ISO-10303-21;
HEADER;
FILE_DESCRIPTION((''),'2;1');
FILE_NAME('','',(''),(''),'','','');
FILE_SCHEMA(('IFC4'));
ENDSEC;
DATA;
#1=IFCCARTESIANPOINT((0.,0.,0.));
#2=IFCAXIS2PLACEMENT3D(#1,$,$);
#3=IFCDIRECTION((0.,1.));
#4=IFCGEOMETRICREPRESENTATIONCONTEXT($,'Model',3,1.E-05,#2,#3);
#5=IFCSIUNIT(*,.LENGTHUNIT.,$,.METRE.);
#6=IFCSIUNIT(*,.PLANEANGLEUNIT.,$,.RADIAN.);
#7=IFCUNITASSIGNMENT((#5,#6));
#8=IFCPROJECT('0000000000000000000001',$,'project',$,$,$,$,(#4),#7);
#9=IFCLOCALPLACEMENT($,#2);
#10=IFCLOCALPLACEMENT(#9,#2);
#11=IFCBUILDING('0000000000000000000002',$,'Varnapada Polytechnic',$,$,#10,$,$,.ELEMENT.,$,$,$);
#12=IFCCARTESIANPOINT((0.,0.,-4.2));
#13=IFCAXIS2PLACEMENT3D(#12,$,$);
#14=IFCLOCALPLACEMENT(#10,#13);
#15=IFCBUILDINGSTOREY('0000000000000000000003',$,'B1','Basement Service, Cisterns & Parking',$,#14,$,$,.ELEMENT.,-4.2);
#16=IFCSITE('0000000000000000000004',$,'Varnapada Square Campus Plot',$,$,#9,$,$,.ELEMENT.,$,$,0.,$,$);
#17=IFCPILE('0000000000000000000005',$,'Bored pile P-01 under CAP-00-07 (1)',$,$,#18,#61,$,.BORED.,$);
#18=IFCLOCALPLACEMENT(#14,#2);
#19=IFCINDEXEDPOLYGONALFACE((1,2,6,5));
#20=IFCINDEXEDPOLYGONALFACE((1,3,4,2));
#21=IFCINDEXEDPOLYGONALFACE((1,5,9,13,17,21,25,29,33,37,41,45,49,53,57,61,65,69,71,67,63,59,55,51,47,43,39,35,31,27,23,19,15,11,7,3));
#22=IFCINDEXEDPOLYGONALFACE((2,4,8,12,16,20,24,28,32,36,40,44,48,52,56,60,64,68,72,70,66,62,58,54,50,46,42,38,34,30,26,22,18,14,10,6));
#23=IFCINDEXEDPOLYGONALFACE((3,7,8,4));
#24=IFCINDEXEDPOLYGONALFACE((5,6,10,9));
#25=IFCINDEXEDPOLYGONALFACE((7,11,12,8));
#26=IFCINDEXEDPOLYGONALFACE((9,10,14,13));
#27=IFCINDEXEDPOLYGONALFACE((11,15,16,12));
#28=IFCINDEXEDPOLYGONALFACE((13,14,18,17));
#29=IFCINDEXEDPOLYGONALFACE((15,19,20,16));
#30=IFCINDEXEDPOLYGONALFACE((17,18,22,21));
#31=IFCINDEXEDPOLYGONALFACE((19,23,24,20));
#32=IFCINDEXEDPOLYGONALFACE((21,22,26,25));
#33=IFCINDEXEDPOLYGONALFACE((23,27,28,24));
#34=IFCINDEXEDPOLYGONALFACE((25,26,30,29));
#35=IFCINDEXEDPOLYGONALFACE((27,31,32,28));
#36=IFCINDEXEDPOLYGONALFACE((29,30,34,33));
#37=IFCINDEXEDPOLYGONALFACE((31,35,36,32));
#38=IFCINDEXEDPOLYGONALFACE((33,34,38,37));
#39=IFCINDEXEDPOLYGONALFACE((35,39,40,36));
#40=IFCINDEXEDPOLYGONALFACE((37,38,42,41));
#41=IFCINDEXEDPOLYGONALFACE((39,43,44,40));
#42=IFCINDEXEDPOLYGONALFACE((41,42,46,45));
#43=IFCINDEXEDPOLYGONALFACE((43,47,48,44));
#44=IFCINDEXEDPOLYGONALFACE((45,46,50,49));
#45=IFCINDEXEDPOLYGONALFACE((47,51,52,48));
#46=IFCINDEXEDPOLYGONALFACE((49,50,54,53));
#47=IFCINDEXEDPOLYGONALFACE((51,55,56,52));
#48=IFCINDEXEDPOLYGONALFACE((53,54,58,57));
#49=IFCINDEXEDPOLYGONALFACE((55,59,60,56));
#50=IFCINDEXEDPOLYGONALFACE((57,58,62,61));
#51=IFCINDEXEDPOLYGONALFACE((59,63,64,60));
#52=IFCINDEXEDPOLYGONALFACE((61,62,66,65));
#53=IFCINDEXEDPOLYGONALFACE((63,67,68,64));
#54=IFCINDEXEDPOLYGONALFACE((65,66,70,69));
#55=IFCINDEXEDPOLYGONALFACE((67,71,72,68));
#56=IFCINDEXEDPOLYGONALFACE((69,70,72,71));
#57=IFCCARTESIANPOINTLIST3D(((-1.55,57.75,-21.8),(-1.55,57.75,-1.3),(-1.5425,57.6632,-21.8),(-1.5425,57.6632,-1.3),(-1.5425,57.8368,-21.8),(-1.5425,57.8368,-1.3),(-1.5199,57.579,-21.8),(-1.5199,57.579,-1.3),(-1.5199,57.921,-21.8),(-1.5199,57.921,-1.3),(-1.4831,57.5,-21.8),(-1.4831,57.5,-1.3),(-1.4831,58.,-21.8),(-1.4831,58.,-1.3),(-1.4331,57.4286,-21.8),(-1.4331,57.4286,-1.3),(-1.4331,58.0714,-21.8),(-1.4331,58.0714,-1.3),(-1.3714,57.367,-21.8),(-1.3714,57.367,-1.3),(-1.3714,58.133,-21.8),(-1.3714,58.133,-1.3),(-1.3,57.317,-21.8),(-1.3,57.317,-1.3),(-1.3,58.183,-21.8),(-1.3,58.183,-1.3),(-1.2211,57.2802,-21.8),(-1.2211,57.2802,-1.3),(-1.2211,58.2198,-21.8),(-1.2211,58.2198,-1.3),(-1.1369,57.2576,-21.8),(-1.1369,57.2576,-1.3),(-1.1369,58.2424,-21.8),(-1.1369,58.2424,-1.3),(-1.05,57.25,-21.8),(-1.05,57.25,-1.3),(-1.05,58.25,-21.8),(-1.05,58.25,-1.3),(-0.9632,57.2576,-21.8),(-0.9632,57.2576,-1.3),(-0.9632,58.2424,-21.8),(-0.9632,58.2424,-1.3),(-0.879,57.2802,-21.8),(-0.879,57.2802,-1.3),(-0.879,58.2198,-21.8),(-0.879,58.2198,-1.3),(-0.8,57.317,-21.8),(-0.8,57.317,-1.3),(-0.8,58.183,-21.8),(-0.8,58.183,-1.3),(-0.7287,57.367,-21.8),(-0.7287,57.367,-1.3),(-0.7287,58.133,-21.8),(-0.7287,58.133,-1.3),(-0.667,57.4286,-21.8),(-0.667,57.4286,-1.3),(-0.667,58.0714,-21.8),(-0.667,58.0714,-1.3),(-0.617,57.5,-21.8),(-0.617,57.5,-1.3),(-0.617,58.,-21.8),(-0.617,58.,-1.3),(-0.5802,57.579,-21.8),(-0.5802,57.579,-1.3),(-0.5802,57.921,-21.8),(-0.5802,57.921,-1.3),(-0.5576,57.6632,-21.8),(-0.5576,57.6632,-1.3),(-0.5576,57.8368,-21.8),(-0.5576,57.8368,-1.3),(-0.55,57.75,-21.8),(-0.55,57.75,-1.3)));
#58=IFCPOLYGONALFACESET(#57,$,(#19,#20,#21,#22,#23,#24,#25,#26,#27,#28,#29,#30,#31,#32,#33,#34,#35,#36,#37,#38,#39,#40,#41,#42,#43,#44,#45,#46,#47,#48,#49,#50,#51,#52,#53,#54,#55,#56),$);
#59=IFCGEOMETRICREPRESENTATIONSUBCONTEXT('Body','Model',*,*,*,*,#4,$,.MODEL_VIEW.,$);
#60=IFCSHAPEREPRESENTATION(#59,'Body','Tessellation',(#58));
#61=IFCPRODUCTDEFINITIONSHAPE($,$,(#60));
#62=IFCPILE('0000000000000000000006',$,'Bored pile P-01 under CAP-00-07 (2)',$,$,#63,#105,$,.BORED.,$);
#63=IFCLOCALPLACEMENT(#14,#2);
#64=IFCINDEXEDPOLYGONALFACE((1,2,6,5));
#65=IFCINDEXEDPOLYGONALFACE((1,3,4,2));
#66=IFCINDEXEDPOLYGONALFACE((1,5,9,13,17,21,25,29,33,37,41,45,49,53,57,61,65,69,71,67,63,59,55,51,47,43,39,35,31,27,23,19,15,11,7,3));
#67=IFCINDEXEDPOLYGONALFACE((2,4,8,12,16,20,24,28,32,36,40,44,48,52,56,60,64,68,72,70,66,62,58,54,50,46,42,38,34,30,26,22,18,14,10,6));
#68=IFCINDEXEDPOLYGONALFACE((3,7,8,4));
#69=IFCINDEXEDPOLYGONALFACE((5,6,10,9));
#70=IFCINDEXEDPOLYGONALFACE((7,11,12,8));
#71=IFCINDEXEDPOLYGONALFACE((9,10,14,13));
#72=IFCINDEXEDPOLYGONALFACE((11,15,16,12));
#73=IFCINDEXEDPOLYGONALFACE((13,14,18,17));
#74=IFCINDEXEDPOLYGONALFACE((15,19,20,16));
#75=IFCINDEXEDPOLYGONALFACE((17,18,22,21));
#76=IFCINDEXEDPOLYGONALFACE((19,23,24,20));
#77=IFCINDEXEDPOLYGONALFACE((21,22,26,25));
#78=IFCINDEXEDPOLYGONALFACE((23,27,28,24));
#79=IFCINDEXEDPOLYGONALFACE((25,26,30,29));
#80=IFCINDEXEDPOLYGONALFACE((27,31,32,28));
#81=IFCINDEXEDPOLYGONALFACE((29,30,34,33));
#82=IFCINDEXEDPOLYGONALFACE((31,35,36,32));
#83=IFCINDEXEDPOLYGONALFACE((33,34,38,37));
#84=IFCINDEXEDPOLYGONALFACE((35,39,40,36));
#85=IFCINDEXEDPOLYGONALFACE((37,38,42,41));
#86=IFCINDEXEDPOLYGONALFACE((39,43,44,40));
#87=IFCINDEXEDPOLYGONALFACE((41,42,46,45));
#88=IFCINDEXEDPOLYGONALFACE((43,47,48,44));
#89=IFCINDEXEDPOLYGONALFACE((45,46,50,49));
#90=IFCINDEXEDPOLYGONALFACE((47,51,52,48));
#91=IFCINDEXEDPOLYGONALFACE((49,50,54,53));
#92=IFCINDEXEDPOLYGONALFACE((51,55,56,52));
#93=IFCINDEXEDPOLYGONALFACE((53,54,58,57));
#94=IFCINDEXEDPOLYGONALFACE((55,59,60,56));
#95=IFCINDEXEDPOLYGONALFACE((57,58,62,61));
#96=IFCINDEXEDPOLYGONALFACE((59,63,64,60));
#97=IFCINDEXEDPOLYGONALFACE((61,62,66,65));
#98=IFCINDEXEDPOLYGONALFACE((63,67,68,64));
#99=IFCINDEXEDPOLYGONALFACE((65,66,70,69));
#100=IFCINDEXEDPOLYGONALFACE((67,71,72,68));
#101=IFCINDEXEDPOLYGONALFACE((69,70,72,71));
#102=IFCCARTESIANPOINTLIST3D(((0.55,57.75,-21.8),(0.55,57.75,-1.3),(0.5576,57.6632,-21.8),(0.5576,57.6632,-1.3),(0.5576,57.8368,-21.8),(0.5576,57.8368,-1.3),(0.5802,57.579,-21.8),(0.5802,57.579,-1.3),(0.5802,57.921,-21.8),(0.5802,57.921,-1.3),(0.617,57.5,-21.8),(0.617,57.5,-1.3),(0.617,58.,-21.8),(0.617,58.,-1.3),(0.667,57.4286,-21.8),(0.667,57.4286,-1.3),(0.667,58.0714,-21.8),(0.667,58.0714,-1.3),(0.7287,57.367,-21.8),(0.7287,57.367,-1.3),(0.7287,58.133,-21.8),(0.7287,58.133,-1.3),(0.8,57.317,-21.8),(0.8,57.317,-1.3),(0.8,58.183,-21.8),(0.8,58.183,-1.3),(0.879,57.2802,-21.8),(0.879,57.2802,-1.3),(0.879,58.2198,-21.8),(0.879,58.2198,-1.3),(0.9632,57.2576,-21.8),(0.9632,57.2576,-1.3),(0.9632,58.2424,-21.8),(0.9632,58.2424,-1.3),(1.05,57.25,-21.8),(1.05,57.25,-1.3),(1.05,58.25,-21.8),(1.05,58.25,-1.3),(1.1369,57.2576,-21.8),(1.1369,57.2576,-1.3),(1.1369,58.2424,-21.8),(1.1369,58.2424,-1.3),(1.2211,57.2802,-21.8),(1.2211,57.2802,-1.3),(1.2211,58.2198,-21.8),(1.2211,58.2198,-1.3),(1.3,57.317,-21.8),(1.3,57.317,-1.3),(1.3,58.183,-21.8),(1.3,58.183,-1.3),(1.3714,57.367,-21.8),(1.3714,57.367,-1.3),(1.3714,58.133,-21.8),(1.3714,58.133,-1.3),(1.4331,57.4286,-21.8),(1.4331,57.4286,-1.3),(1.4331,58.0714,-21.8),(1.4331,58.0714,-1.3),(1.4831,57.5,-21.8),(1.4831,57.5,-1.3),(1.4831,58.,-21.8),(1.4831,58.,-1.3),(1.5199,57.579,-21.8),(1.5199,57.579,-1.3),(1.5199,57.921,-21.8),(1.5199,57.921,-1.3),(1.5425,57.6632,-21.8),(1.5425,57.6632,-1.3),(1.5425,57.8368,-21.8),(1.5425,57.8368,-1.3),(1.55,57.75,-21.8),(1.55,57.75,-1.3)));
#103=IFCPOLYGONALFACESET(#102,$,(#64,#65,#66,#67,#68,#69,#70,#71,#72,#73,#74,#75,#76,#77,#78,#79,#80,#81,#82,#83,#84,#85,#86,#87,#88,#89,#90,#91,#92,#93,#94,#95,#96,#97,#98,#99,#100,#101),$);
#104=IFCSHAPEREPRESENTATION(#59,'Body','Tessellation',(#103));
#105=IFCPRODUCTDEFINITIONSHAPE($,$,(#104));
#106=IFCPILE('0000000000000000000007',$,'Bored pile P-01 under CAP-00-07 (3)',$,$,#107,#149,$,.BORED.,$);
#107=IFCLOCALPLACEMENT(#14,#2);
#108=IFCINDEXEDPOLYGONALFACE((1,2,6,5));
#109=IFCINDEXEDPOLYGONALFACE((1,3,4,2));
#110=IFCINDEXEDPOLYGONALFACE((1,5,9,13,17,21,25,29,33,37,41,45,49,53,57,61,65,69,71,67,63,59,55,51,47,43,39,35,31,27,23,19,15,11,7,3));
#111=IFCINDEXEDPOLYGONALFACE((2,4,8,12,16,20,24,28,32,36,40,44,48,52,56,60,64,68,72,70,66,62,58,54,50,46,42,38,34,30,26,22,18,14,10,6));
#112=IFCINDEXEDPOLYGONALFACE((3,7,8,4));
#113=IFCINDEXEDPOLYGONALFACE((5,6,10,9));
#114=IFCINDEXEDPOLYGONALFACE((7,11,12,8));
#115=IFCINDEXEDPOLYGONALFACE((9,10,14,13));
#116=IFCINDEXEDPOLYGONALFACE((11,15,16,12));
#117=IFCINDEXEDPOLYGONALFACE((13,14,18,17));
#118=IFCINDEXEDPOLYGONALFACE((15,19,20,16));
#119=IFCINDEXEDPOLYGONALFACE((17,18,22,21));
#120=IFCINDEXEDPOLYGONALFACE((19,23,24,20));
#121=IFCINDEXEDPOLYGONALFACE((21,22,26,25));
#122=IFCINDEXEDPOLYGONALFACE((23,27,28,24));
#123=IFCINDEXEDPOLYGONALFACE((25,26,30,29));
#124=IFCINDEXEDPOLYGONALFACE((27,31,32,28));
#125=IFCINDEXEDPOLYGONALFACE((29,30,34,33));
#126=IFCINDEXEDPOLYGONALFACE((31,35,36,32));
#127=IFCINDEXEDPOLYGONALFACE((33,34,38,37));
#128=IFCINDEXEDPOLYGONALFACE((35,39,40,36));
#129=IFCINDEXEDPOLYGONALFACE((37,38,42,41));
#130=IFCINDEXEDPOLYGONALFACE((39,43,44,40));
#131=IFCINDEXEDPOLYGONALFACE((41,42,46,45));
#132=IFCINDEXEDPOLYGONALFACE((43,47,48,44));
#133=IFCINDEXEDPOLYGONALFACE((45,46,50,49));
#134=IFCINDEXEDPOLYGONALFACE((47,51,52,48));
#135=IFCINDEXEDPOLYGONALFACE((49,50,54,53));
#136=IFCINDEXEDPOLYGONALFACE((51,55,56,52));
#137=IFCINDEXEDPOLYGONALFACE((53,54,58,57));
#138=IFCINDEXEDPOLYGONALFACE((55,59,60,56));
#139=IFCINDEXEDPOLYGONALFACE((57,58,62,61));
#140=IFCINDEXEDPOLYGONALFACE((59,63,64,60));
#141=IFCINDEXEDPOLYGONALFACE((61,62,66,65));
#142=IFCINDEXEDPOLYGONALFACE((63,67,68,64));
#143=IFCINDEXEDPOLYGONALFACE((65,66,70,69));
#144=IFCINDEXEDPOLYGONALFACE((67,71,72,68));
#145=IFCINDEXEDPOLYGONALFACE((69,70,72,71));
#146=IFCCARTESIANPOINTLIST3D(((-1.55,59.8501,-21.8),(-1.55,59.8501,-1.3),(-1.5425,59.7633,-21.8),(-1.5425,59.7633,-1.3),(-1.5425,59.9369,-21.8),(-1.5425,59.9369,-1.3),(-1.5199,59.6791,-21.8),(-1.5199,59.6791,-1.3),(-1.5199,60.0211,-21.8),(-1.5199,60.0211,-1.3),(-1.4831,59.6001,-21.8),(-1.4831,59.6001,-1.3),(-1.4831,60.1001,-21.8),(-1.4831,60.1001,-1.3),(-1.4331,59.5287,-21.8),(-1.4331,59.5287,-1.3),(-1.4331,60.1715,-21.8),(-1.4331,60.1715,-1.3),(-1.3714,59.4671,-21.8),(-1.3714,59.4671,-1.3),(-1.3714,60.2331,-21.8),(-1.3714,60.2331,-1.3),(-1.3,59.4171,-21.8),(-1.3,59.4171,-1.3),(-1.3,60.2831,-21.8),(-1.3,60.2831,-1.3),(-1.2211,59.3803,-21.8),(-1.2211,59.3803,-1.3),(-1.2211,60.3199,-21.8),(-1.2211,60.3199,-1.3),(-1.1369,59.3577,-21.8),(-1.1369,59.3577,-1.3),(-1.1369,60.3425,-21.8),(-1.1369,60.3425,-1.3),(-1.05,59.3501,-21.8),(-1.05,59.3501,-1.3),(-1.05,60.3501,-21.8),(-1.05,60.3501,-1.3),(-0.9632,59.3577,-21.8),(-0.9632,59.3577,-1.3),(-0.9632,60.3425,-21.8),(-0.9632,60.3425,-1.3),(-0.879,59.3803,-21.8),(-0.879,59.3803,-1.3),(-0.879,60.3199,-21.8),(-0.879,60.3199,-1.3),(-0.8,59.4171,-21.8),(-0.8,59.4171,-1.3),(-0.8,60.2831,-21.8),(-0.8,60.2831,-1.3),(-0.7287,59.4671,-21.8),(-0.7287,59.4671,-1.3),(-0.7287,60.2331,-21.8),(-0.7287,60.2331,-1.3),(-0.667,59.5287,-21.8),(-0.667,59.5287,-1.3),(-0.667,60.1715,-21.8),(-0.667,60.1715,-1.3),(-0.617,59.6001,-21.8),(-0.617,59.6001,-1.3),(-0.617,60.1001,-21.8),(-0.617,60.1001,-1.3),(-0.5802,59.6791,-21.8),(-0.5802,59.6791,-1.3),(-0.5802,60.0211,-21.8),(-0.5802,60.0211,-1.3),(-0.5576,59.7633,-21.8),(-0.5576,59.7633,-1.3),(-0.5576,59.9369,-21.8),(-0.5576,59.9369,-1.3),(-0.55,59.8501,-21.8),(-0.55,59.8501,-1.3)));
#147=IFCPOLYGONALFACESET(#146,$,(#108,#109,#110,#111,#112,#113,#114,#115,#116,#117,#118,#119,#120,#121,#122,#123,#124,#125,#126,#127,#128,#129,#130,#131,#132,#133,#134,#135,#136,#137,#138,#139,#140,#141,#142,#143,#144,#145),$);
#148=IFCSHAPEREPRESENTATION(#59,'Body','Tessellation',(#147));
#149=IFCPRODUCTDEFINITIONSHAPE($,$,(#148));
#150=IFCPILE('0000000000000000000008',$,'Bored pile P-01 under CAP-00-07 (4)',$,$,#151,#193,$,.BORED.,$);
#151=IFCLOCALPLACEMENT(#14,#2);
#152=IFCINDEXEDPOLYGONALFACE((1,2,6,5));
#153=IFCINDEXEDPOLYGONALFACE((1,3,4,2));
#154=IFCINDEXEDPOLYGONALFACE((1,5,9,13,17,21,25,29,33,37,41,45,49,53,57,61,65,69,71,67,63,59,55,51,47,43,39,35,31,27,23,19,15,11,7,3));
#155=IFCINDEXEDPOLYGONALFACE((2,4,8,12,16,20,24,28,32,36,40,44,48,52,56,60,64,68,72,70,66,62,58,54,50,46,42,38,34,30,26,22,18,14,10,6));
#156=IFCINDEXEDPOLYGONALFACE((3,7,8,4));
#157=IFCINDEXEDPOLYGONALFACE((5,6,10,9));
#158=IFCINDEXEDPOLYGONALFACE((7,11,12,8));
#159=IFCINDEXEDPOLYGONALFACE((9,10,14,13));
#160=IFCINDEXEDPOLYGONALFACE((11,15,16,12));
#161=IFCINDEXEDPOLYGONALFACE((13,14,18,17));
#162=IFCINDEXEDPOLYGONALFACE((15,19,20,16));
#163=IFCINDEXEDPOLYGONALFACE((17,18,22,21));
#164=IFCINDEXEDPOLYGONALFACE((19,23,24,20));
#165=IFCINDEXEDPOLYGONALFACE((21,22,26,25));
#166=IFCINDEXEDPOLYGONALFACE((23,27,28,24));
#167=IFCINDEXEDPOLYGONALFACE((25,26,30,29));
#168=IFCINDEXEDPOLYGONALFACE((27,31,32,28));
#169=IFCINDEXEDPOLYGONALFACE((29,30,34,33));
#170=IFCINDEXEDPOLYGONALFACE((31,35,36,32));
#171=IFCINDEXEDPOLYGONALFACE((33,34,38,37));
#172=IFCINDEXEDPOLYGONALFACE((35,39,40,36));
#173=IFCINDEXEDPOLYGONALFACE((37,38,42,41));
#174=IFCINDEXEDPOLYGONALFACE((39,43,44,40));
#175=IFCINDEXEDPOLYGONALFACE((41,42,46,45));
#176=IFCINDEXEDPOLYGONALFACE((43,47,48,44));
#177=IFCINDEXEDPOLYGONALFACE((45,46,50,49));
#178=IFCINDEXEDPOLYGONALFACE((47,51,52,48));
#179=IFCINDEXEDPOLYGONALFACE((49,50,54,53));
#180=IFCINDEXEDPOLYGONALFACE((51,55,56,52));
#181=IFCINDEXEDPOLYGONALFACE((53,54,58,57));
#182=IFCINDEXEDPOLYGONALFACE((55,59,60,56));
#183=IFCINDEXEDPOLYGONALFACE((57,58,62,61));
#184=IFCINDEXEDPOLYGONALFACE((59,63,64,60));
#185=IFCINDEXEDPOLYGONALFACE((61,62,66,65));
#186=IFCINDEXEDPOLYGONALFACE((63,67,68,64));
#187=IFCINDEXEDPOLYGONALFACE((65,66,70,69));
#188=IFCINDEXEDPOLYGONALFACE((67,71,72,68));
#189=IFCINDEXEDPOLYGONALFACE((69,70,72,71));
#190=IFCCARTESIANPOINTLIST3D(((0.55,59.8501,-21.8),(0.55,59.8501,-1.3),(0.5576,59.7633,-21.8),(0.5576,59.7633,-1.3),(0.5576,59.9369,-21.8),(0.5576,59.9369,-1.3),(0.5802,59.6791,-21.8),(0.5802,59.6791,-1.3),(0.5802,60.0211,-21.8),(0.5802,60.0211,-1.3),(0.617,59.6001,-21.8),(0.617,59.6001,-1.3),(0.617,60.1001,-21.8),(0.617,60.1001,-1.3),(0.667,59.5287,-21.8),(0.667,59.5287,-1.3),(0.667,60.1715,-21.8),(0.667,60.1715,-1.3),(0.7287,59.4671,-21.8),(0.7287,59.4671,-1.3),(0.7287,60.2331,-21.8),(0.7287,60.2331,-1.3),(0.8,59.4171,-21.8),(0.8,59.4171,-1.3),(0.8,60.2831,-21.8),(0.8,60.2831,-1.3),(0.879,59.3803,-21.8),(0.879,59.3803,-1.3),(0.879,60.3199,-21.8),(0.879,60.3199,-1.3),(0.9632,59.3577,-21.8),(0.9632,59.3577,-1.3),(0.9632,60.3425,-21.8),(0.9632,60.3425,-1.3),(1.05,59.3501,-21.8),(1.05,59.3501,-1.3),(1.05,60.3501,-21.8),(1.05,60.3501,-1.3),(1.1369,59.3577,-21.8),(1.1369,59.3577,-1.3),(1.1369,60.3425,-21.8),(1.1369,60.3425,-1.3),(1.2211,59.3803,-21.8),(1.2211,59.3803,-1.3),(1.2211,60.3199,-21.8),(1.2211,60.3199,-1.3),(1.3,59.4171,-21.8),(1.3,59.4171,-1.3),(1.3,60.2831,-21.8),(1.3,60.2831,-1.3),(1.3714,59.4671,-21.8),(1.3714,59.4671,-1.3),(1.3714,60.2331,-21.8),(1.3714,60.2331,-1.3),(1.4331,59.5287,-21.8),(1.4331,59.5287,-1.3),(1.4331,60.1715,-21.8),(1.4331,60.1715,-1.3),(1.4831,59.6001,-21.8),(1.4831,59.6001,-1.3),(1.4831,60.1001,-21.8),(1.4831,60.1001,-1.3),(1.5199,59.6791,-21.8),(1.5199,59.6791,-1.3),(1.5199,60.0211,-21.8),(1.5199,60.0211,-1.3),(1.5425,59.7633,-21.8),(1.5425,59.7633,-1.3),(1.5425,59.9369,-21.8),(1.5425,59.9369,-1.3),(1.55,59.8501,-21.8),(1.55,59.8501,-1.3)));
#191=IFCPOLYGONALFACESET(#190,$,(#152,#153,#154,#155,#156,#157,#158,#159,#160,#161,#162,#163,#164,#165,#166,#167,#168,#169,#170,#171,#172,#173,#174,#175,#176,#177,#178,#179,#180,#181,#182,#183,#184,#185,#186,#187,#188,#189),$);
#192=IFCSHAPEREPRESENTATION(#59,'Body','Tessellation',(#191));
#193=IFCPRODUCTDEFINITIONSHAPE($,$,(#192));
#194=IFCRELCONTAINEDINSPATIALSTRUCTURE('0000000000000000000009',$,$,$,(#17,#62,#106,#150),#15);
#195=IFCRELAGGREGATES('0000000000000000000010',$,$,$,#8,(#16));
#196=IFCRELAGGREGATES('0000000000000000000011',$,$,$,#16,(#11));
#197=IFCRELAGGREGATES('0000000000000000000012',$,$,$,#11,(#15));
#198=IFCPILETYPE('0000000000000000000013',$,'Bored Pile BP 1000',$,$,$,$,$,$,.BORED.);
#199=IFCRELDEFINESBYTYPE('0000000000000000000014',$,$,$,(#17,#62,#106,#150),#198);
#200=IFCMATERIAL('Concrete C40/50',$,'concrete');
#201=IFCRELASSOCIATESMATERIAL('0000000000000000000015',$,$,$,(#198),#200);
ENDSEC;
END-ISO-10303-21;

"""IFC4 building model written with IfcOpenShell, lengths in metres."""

from ifc_helpers import new_model, si_unit, direction, frame, origin, origin_2d, place, context, subcontext, project, spatial, circle, extrude, material, material_profile, profile_set, type_object, element, save


model = new_model("IFC4")

# Units and contexts
model_context = context("Model", 3, precision=1e-05, world=origin(), true_north=direction((0.0, 1.0)))
body_context = subcontext(model_context, "Body", "Model", "MODEL_VIEW")
ifc_project = project(units=[si_unit("LENGTHUNIT", "METRE"), si_unit("PLANEANGLEUNIT", "RADIAN")], contexts=[model_context])

# Site, building, storey
site_placement = place(None, origin())
site = spatial("IfcSite", under=ifc_project, at=site_placement, Name="Varnapada Square Campus Plot", CompositionType="ELEMENT", RefElevation=0.0)
building_placement = place(site_placement, origin())
building = spatial("IfcBuilding", under=site, at=building_placement, Name="Varnapada Polytechnic", CompositionType="ELEMENT")
storey_placement = place(building_placement, frame((0.0, 0.0, -4.2)))
storey = spatial("IfcBuildingStorey", under=building, at=storey_placement, Name="B1", Description="Basement Service, Cisterns & Parking", CompositionType="ELEMENT", Elevation=-4.2)

# Piles
ifc_material_1 = material(Name="Concrete C40/50", Category="concrete")
ifc_material_profile_1 = material_profile(ifc_material_1, circle(Radius=0.5, at=origin_2d()), Name="BP 1000")
ifc_profile_set_1 = profile_set([ifc_material_profile_1], Name="Concrete C40/50")
pile_type_1 = type_object("IfcPileType", Name="Bored Pile BP 1000", PredefinedType="BORED", material=ifc_profile_set_1)
for number, where, z_axis, x_axis, name in (
    (1, (-1.05, 57.75, -1.3), (0.0, 0.0, -1.0), (1.0, 0.0, 0.0), "Bored pile P-01 under CAP-00-07 (1)"),
    (2, (1.05, 57.75, -1.3), (0.0, 0.0, -1.0), (1.0, 0.0, 0.0), "Bored pile P-01 under CAP-00-07 (2)"),
    (3, (-1.05, 59.8501, -1.3), (0.0, 0.0, -1.0), (1.0, 0.0, 0.0), "Bored pile P-01 under CAP-00-07 (3)"),
    (4, (1.05, 59.8501, -1.3), (0.0, 0.0, -1.0), (1.0, 0.0, 0.0), "Bored pile P-01 under CAP-00-07 (4)"),
):
    element("IfcPile", number, at=place(storey_placement, frame(where, z_axis=z_axis, x_axis=x_axis)), inside=storey, type_object=pile_type_1, Name=name, PredefinedType="BORED", context=body_context, shape_type="SweptSolid", body=[
        extrude(circle(Radius=0.5, at=origin_2d()), origin(), (0.0, 0.0, 1.0), 20.5),
    ])

save(model, "model.ifc")
